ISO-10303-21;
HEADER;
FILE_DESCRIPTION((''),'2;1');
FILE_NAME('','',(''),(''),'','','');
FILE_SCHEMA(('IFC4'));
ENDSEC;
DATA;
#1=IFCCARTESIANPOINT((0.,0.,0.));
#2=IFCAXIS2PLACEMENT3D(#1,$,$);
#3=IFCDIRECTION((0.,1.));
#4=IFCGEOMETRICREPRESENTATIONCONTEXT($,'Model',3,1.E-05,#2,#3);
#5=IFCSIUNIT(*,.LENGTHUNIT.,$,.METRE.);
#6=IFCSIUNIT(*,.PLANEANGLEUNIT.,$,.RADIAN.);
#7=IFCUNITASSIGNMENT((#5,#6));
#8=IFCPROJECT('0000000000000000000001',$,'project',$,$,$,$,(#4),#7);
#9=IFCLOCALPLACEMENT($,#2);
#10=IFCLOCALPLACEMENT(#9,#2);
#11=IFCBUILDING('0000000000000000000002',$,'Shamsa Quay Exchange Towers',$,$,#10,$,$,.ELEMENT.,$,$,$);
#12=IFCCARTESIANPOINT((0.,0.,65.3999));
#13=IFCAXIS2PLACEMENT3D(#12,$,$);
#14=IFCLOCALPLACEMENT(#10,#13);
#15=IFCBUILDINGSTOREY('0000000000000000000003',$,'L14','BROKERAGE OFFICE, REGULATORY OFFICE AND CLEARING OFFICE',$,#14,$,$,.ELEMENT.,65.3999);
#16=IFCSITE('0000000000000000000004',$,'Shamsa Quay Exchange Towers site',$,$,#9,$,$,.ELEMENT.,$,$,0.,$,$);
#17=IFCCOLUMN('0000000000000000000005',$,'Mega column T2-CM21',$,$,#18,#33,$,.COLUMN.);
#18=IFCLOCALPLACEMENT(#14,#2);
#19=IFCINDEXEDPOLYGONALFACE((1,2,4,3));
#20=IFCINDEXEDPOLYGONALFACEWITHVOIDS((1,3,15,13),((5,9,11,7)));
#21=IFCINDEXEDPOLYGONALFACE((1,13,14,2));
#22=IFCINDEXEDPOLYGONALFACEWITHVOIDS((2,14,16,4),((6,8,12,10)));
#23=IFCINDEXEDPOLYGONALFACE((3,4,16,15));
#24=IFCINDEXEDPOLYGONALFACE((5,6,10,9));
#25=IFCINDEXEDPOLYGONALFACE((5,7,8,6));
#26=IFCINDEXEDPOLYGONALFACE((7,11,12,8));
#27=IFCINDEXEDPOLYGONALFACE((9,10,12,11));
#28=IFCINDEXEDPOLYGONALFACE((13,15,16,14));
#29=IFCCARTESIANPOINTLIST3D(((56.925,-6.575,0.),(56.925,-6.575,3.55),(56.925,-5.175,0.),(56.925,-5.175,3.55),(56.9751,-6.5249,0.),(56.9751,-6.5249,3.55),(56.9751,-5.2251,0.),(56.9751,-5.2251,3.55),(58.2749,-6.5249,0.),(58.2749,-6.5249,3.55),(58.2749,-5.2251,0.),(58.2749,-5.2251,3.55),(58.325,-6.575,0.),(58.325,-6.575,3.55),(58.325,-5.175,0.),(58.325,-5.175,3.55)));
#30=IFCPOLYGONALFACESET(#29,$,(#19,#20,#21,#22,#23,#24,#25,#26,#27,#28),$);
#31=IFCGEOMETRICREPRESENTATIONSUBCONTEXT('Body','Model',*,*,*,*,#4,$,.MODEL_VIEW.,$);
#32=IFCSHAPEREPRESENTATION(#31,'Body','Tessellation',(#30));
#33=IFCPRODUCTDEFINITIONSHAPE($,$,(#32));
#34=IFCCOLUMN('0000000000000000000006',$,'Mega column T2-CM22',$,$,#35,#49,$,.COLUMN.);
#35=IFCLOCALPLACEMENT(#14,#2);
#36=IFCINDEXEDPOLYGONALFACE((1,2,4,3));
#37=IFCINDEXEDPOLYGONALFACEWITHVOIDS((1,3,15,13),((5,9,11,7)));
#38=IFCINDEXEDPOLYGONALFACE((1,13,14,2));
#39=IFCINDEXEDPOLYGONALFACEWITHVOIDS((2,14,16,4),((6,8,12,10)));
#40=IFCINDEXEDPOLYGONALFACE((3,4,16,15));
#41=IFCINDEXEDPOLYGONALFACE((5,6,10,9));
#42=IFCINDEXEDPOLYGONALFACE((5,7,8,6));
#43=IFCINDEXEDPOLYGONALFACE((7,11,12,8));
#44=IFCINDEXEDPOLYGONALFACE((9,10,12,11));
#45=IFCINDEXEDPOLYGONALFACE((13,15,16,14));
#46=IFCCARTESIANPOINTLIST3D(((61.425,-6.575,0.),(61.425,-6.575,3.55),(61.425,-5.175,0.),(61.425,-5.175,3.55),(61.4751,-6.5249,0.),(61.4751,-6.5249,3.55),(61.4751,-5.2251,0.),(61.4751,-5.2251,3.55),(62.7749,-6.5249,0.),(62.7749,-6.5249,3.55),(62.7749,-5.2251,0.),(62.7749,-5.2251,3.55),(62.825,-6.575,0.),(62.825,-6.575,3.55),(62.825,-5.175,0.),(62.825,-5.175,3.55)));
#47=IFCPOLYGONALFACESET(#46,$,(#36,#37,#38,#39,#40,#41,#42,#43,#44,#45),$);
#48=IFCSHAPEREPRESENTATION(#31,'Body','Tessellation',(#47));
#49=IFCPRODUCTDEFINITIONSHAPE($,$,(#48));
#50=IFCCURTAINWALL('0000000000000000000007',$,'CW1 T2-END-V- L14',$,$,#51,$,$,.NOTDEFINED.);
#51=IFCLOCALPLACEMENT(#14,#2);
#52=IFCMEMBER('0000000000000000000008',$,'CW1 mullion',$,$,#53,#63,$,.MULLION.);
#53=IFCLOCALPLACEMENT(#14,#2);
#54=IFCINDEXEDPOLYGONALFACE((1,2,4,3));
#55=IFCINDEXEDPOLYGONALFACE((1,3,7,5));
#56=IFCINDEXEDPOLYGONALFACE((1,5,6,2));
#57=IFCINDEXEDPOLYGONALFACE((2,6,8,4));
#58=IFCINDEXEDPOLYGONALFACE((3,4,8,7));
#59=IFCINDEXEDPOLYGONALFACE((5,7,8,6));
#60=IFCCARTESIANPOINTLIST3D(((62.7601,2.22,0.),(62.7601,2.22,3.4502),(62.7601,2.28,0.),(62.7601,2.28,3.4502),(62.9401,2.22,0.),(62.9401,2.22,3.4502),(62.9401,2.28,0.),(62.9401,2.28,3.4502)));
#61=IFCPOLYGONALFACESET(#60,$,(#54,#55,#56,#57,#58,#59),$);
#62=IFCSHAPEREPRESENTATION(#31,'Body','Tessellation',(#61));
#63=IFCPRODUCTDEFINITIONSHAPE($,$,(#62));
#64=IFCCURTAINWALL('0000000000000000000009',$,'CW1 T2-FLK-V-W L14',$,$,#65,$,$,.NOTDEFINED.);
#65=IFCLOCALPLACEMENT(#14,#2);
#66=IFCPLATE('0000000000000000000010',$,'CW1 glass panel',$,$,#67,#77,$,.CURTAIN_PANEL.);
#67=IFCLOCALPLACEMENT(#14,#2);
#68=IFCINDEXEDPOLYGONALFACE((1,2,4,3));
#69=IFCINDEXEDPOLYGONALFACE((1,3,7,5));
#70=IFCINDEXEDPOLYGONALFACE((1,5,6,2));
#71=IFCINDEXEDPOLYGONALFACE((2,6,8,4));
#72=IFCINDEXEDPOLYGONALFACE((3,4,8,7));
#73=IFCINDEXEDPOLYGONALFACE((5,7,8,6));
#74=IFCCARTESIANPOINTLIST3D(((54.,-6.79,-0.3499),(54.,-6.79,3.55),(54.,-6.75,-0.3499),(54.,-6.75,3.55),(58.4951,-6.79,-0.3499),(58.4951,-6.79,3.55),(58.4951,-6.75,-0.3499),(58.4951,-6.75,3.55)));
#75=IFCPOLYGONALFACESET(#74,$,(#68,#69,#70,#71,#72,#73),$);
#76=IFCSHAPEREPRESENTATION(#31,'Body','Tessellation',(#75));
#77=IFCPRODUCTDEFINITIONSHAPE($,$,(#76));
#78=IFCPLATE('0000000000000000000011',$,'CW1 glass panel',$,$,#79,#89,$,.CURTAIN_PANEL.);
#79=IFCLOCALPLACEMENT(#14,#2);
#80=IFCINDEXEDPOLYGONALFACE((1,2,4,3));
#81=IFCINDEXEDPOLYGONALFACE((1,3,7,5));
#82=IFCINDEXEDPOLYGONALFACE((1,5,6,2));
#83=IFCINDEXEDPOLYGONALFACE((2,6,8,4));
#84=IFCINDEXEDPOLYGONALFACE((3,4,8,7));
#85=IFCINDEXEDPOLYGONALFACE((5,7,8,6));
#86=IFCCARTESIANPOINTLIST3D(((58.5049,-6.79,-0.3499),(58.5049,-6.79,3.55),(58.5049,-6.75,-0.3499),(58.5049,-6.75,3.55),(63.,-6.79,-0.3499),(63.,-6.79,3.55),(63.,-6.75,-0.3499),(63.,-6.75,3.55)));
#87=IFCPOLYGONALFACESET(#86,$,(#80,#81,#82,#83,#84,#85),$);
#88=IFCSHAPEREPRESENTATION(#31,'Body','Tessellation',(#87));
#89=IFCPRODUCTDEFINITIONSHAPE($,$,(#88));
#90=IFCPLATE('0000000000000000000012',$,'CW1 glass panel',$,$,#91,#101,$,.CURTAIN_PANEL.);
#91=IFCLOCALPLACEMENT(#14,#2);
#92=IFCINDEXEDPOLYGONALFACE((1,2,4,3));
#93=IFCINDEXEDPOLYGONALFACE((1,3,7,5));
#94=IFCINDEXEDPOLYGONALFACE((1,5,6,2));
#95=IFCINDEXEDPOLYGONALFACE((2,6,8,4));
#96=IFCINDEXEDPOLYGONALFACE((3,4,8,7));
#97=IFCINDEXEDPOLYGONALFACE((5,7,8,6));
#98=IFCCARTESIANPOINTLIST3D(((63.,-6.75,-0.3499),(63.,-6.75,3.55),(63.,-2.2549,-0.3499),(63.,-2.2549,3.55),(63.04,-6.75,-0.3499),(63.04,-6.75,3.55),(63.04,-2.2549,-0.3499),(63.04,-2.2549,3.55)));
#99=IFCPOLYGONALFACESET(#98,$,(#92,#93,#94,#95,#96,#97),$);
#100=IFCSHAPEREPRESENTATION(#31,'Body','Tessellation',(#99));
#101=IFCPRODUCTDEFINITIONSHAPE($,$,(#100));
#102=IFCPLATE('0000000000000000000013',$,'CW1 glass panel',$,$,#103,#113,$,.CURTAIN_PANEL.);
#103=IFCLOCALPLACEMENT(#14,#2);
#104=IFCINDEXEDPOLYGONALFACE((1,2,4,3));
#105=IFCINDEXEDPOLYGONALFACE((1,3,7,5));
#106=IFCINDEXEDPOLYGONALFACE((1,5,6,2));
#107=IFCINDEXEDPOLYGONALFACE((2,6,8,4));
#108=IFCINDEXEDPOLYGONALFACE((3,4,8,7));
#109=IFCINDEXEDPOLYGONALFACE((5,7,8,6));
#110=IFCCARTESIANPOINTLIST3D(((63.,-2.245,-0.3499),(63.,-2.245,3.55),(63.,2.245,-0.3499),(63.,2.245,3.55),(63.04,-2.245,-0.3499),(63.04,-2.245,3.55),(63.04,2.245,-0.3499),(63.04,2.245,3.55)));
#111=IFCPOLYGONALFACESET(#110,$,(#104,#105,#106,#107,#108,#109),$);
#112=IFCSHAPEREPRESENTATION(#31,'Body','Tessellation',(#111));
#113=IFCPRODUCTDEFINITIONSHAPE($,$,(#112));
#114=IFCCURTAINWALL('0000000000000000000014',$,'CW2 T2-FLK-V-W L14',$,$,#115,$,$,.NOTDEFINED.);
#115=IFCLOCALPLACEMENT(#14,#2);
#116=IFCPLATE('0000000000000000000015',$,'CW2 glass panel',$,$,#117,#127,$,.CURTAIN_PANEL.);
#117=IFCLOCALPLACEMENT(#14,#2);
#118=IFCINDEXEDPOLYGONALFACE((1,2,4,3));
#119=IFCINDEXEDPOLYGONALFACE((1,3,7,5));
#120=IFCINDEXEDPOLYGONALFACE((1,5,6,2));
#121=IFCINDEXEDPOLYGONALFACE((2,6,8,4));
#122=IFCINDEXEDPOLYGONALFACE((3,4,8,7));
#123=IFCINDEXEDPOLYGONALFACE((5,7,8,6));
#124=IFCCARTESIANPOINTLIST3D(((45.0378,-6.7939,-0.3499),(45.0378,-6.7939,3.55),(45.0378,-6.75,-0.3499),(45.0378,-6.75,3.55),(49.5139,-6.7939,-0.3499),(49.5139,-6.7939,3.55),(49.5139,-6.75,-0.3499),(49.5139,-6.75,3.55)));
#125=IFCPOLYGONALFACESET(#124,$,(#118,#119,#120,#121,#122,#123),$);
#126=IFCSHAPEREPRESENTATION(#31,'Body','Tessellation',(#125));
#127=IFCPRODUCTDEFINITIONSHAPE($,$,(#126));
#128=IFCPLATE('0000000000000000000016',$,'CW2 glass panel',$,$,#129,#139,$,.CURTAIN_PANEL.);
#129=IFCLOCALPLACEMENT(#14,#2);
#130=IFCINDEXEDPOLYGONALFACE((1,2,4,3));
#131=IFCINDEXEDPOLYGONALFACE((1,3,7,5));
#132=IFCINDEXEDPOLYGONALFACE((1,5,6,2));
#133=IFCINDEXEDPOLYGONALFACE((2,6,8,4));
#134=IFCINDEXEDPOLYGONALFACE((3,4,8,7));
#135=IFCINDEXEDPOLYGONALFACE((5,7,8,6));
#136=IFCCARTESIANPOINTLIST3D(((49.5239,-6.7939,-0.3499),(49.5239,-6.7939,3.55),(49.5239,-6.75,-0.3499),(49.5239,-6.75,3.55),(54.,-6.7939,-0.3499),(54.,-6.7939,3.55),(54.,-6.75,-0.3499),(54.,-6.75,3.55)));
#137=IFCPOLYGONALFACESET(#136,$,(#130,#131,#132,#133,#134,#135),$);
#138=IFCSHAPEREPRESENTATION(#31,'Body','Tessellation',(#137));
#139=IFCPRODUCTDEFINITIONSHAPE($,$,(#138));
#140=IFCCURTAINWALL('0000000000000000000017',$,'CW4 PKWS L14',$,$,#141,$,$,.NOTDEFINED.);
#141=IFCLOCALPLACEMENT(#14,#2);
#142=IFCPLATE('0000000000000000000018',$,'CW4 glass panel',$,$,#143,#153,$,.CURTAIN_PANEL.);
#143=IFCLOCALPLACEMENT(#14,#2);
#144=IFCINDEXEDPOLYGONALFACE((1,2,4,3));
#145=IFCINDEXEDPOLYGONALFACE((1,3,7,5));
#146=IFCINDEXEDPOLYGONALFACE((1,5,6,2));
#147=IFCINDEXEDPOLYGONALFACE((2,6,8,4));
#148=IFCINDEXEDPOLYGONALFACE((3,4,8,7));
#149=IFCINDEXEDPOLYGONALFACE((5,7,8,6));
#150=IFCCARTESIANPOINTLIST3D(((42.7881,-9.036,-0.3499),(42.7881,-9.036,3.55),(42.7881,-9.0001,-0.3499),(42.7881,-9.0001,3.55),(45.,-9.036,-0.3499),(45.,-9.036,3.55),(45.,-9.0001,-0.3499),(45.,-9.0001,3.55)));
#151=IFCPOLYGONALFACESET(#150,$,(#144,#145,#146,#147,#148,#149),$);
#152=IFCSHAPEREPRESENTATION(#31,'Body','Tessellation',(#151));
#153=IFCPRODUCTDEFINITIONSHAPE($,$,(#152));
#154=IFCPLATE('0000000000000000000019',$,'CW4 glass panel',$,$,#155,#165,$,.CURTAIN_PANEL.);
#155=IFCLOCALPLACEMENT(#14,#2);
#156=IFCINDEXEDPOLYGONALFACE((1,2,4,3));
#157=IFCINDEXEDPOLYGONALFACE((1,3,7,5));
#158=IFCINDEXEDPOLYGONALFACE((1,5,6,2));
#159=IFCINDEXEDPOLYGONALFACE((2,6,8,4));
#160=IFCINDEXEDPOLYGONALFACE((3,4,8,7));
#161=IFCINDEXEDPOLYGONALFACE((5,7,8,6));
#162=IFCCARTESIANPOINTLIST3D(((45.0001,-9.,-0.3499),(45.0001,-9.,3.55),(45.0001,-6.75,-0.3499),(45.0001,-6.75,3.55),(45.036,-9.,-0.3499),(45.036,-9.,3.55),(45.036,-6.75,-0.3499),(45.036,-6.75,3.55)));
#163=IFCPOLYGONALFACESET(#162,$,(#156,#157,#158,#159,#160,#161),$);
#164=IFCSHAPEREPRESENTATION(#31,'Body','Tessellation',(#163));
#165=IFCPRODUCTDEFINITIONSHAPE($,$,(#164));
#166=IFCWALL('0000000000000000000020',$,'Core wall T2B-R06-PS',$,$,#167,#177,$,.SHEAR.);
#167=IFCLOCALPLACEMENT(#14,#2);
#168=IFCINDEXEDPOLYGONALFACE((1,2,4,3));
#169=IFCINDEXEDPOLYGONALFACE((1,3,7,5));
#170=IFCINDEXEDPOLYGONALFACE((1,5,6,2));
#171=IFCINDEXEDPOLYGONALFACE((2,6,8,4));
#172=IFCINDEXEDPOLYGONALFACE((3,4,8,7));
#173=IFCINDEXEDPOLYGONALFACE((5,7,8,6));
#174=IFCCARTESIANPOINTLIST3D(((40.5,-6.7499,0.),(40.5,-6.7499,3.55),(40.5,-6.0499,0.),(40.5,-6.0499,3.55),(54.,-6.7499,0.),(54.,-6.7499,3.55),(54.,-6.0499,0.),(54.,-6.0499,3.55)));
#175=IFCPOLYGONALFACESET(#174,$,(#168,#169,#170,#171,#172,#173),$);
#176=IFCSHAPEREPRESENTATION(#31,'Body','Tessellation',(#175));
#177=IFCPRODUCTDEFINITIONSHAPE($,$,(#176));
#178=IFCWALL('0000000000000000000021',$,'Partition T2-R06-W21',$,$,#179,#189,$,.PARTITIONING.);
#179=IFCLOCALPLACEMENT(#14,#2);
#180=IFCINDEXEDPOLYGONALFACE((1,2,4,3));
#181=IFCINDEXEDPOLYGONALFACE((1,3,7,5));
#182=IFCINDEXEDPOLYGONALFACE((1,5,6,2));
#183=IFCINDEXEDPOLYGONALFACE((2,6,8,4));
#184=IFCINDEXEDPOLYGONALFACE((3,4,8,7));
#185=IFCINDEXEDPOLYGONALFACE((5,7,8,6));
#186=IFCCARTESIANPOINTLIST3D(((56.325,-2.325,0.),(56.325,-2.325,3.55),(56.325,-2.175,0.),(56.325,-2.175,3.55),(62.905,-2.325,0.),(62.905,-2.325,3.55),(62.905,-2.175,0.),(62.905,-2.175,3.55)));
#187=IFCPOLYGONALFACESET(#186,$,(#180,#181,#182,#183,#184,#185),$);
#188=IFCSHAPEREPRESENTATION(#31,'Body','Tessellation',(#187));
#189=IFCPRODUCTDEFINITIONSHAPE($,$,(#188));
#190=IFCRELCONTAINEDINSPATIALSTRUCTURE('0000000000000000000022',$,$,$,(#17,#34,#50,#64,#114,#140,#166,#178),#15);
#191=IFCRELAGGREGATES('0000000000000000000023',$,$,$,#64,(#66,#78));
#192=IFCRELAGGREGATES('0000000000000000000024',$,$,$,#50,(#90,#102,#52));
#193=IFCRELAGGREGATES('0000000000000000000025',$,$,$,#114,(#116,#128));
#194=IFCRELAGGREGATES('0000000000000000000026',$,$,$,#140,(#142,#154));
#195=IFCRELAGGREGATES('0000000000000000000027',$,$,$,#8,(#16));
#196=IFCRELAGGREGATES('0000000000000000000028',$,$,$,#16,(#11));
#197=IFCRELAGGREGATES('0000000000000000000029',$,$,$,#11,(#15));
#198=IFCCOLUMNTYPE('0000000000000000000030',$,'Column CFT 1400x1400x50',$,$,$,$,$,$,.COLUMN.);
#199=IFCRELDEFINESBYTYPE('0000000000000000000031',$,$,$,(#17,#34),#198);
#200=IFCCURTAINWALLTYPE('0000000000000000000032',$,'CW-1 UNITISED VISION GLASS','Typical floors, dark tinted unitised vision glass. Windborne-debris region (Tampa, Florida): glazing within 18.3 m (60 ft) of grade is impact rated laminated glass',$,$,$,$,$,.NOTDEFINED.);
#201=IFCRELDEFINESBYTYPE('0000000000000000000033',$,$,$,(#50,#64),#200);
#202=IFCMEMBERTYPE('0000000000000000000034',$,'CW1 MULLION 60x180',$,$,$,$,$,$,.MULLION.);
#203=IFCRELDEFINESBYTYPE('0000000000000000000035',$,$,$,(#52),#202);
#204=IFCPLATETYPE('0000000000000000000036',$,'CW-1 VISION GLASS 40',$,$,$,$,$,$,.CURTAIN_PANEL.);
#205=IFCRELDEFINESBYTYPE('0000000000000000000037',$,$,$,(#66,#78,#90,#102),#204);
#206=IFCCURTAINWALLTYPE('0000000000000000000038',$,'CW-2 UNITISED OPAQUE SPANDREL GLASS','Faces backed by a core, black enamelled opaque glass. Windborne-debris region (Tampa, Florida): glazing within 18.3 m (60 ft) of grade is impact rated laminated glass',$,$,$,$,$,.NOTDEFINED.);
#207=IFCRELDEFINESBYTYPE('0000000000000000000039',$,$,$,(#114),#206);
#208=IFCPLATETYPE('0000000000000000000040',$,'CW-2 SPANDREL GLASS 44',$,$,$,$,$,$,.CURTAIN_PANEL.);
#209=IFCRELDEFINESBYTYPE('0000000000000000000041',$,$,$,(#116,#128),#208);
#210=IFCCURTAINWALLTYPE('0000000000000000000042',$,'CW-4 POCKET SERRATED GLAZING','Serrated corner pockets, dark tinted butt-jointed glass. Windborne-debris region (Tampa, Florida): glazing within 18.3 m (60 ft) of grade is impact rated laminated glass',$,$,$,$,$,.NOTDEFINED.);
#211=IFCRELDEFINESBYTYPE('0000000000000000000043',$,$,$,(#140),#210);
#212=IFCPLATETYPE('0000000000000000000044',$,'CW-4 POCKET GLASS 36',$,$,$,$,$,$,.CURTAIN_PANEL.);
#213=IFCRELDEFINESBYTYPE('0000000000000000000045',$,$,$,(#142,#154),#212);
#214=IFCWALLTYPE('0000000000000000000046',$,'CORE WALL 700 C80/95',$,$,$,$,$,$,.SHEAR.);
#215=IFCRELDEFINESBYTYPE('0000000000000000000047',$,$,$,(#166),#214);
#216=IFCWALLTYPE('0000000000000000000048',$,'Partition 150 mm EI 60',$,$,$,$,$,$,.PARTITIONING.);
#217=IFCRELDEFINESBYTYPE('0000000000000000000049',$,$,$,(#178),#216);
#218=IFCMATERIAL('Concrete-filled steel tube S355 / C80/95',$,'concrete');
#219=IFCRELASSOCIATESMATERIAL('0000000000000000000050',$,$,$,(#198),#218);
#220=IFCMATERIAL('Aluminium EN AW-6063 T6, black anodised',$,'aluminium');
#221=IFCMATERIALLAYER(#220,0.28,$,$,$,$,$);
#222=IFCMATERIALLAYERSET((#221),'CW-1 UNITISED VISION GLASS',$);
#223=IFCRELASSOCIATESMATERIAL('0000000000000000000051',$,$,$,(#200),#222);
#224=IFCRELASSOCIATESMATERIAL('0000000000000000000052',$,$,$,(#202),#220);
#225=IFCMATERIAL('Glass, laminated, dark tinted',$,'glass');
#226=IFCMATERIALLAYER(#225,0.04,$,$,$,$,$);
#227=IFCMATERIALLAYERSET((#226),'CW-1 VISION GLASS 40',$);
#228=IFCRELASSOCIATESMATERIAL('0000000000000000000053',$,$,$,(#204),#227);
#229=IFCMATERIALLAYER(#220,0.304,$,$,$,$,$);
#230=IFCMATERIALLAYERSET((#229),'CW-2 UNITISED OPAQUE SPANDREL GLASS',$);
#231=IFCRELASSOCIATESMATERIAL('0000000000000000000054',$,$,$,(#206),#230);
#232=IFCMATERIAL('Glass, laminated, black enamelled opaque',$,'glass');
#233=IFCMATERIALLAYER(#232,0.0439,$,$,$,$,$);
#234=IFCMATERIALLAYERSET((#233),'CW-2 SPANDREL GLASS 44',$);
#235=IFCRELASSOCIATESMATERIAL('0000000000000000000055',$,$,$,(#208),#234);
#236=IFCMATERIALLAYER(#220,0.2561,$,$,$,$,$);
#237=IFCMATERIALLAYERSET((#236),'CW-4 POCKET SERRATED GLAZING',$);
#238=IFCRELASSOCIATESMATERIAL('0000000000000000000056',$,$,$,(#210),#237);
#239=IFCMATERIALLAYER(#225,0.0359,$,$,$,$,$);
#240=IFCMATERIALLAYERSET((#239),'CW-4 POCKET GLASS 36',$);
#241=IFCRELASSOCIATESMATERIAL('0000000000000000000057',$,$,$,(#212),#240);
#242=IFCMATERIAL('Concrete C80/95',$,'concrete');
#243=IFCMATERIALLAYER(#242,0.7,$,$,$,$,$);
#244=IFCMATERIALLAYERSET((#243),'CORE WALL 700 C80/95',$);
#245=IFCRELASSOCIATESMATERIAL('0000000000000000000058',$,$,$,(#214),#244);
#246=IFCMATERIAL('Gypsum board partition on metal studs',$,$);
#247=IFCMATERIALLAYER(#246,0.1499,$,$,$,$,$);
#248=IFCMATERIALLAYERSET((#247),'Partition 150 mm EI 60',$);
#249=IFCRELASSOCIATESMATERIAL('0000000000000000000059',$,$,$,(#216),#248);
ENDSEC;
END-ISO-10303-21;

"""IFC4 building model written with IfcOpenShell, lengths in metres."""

from ifc_helpers import new_model, si_unit, direction, frame, frame_2d, origin, origin_2d, place, context, subcontext, project, spatial, rectangle, hollow_rectangle, extrude, material, layer, layer_set, material_profile, profile_set, type_object, element, aggregate, save


model = new_model("IFC4")

# Units and contexts
model_context = context("Model", 3, precision=1e-05, world=origin(), true_north=direction((0.0, 1.0)))
body_context = subcontext(model_context, "Body", "Model", "MODEL_VIEW")
ifc_project = project(units=[si_unit("LENGTHUNIT", "METRE"), si_unit("PLANEANGLEUNIT", "RADIAN")], contexts=[model_context])

# Site, building, storey
site_placement = place(None, origin())
site = spatial("IfcSite", under=ifc_project, at=site_placement, Name="Shamsa Quay Exchange Towers site", CompositionType="ELEMENT", RefElevation=0.0)
building_placement = place(site_placement, origin())
building = spatial("IfcBuilding", under=site, at=building_placement, Name="Shamsa Quay Exchange Towers", CompositionType="ELEMENT")
storey_placement = place(building_placement, frame((0.0, 0.0, 65.3999)))
storey = spatial("IfcBuildingStorey", under=building, at=storey_placement, Name="L14", Description="BROKERAGE OFFICE, REGULATORY OFFICE AND CLEARING OFFICE", CompositionType="ELEMENT", Elevation=65.3999)

# Columns
ifc_material_1 = material(Name="Concrete-filled steel tube S355 / C80/95", Category="concrete")
ifc_material_profile_1 = material_profile(ifc_material_1, hollow_rectangle(XDim=1.3999, YDim=1.3999, WallThickness=0.05, at=origin_2d()), Name="CFT 1400x1400x50")
ifc_profile_set_1 = profile_set([ifc_material_profile_1], Name="Concrete-filled steel tube S355 / C80/95")
column_type = type_object("IfcColumnType", Name="Column CFT 1400x1400x50", PredefinedType="COLUMN", material=ifc_profile_set_1)
for number, where, name in (
    (1, (57.625, -5.875, 0.0), "Mega column T2-CM21"),
    (2, (62.125, -5.875, 0.0), "Mega column T2-CM22"),
):
    element("IfcColumn", number, at=place(storey_placement, frame(where)), inside=storey, type_object=column_type, Name=name, PredefinedType="COLUMN", context=body_context, shape_type="SweptSolid", body=[
        extrude(hollow_rectangle(XDim=1.3999, YDim=1.3999, WallThickness=0.05, at=origin_2d()), origin(), (0.0, 0.0, 1.0), 3.55),
    ])

# Curtain wall, member
ifc_material_2 = material(Name="Aluminium EN AW-6063 T6, black anodised", Category="aluminium")
ifc_layer_1 = layer(ifc_material_2, 0.28)
ifc_layer_set_1 = layer_set([ifc_layer_1], Name="CW-1 UNITISED VISION GLASS")
curtain_wall_type_1 = type_object("IfcCurtainWallType", Name="CW-1 UNITISED VISION GLASS", Description="Typical floors, dark tinted unitised vision glass. Windborne-debris region (Tampa, Florida): glazing within 18.3 m (60 ft) of grade is impact rated laminated glass", PredefinedType="NOTDEFINED", material=ifc_layer_set_1)
curtain_wall_1_placement = place(storey_placement, origin())
curtain_wall_1 = element("IfcCurtainWall", 3, at=curtain_wall_1_placement, inside=storey, type_object=curtain_wall_type_1, Name="CW1 T2-END-V- L14", PredefinedType="NOTDEFINED")
ifc_material_profile_2 = material_profile(ifc_material_2, rectangle(XDim=0.1799, YDim=0.0601, at=origin_2d()), Name="MU60x180")
ifc_profile_set_2 = profile_set([ifc_material_profile_2], Name="Aluminium EN AW-6063 T6, black anodised")
member_type = type_object("IfcMemberType", Name="CW1 MULLION 60x180", PredefinedType="MULLION", material=ifc_profile_set_2)
member_placement = place(storey_placement, frame((62.8501, 2.25, 0.0), z_axis=(0.0, 0.0, 1.0), x_axis=(-1.0, 0.0, 0.0)))
member = element("IfcMember", 4, at=member_placement, type_object=member_type, Name="CW1 mullion", PredefinedType="MULLION", context=body_context, shape_type="SweptSolid", body=[
    extrude(rectangle(XDim=0.1799, YDim=0.0601, at=origin_2d()), origin(), (0.0, 0.0, 1.0), 3.4502),
])

# Curtain wall, plates
curtain_wall_2_placement = place(storey_placement, origin())
curtain_wall_2 = element("IfcCurtainWall", 5, at=curtain_wall_2_placement, inside=storey, type_object=curtain_wall_type_1, Name="CW1 T2-FLK-V-W L14", PredefinedType="NOTDEFINED")
ifc_material_3 = material(Name="Glass, laminated, dark tinted", Category="glass")
ifc_layer_2 = layer(ifc_material_3, 0.04)
ifc_layer_set_2 = layer_set([ifc_layer_2], Name="CW-1 VISION GLASS 40")
plate_type_1 = type_object("IfcPlateType", Name="CW-1 VISION GLASS 40", PredefinedType="CURTAIN_PANEL", material=ifc_layer_set_2)
plate_1_placement = place(storey_placement, frame((56.2476, -6.77, -0.3499)))
plate_1 = element("IfcPlate", 6, at=plate_1_placement, type_object=plate_type_1, Name="CW1 glass panel", PredefinedType="CURTAIN_PANEL", context=body_context, shape_type="SweptSolid", body=[
    extrude(rectangle(XDim=4.4951, YDim=0.04, at=origin_2d()), origin(), (0.0, 0.0, 1.0), 3.8999),
])
plate_2_placement = place(storey_placement, frame((60.7524, -6.77, -0.3499)))
plate_2 = element("IfcPlate", 7, at=plate_2_placement, type_object=plate_type_1, Name="CW1 glass panel", PredefinedType="CURTAIN_PANEL", context=body_context, shape_type="SweptSolid", body=[
    extrude(rectangle(XDim=4.4951, YDim=0.04, at=origin_2d()), origin(), (0.0, 0.0, 1.0), 3.8999),
])
aggregate(curtain_wall_2, [plate_1, plate_2])

# Plates
plate_3_placement = place(storey_placement, frame((63.02, -4.5024, -0.3499), z_axis=(0.0, 0.0, 1.0), x_axis=(0.0, 1.0, 0.0)))
plate_3 = element("IfcPlate", 8, at=plate_3_placement, type_object=plate_type_1, Name="CW1 glass panel", PredefinedType="CURTAIN_PANEL", context=body_context, shape_type="SweptSolid", body=[
    extrude(rectangle(XDim=4.4951, YDim=0.04, at=origin_2d()), origin(), (0.0, 0.0, 1.0), 3.8999),
])
plate_4_placement = place(storey_placement, frame((63.02, 0.0, -0.3499), z_axis=(0.0, 0.0, 1.0), x_axis=(0.0, 1.0, 0.0)))
plate_4 = element("IfcPlate", 9, at=plate_4_placement, type_object=plate_type_1, Name="CW1 glass panel", PredefinedType="CURTAIN_PANEL", context=body_context, shape_type="SweptSolid", body=[
    extrude(rectangle(XDim=4.49, YDim=0.04, at=origin_2d()), origin(), (0.0, 0.0, 1.0), 3.8999),
])
aggregate(curtain_wall_1, [plate_3, plate_4, member])

# Curtain walls, plates
ifc_layer_3 = layer(ifc_material_2, 0.304)
ifc_layer_set_3 = layer_set([ifc_layer_3], Name="CW-2 UNITISED OPAQUE SPANDREL GLASS")
curtain_wall_type_2 = type_object("IfcCurtainWallType", Name="CW-2 UNITISED OPAQUE SPANDREL GLASS", Description="Faces backed by a core, black enamelled opaque glass. Windborne-debris region (Tampa, Florida): glazing within 18.3 m (60 ft) of grade is impact rated laminated glass", PredefinedType="NOTDEFINED", material=ifc_layer_set_3)
curtain_wall_3_placement = place(storey_placement, origin())
curtain_wall_3 = element("IfcCurtainWall", 10, at=curtain_wall_3_placement, inside=storey, type_object=curtain_wall_type_2, Name="CW2 T2-FLK-V-W L14", PredefinedType="NOTDEFINED")
ifc_material_4 = material(Name="Glass, laminated, black enamelled opaque", Category="glass")
ifc_layer_4 = layer(ifc_material_4, 0.0439)
ifc_layer_set_4 = layer_set([ifc_layer_4], Name="CW-2 SPANDREL GLASS 44")
plate_type_2 = type_object("IfcPlateType", Name="CW-2 SPANDREL GLASS 44", PredefinedType="CURTAIN_PANEL", material=ifc_layer_set_4)
plate_5_placement = place(storey_placement, frame((47.2759, -6.772, -0.3499)))
plate_5 = element("IfcPlate", 11, at=plate_5_placement, type_object=plate_type_2, Name="CW2 glass panel", PredefinedType="CURTAIN_PANEL", context=body_context, shape_type="SweptSolid", body=[
    extrude(rectangle(XDim=4.4761, YDim=0.0439, at=origin_2d()), origin(), (0.0, 0.0, 1.0), 3.8999),
])
plate_6_placement = place(storey_placement, frame((51.762, -6.772, -0.3499)))
plate_6 = element("IfcPlate", 12, at=plate_6_placement, type_object=plate_type_2, Name="CW2 glass panel", PredefinedType="CURTAIN_PANEL", context=body_context, shape_type="SweptSolid", body=[
    extrude(rectangle(XDim=4.4761, YDim=0.0439, at=origin_2d()), origin(), (0.0, 0.0, 1.0), 3.8999),
])
aggregate(curtain_wall_3, [plate_5, plate_6])
ifc_layer_5 = layer(ifc_material_2, 0.2561)
ifc_layer_set_5 = layer_set([ifc_layer_5], Name="CW-4 POCKET SERRATED GLAZING")
curtain_wall_type_3 = type_object("IfcCurtainWallType", Name="CW-4 POCKET SERRATED GLAZING", Description="Serrated corner pockets, dark tinted butt-jointed glass. Windborne-debris region (Tampa, Florida): glazing within 18.3 m (60 ft) of grade is impact rated laminated glass", PredefinedType="NOTDEFINED", material=ifc_layer_set_5)
curtain_wall_4_placement = place(storey_placement, origin())
curtain_wall_4 = element("IfcCurtainWall", 13, at=curtain_wall_4_placement, inside=storey, type_object=curtain_wall_type_3, Name="CW4 PKWS L14", PredefinedType="NOTDEFINED")
ifc_layer_6 = layer(ifc_material_3, 0.0359)
ifc_layer_set_6 = layer_set([ifc_layer_6], Name="CW-4 POCKET GLASS 36")
plate_type_3 = type_object("IfcPlateType", Name="CW-4 POCKET GLASS 36", PredefinedType="CURTAIN_PANEL", material=ifc_layer_set_6)
plate_7_placement = place(storey_placement, frame((43.894, -9.0181, -0.3499)))
plate_7 = element("IfcPlate", 14, at=plate_7_placement, type_object=plate_type_3, Name="CW4 glass panel", PredefinedType="CURTAIN_PANEL", context=body_context, shape_type="SweptSolid", body=[
    extrude(rectangle(XDim=2.2119, YDim=0.0359, at=origin_2d()), origin(), (0.0, 0.0, 1.0), 3.8999),
])
plate_8_placement = place(storey_placement, frame((45.0181, -7.875, -0.3499), z_axis=(0.0, 0.0, 1.0), x_axis=(0.0, 1.0, 0.0)))
plate_8 = element("IfcPlate", 15, at=plate_8_placement, type_object=plate_type_3, Name="CW4 glass panel", PredefinedType="CURTAIN_PANEL", context=body_context, shape_type="SweptSolid", body=[
    extrude(rectangle(XDim=2.25, YDim=0.0359, at=origin_2d()), origin(), (0.0, 0.0, 1.0), 3.8999),
])
aggregate(curtain_wall_4, [plate_7, plate_8])

# Wall
ifc_material_5 = material(Name="Concrete C80/95", Category="concrete")
ifc_layer_7 = layer(ifc_material_5, 0.7)
ifc_layer_set_7 = layer_set([ifc_layer_7], Name="CORE WALL 700 C80/95")
wall_type_1 = type_object("IfcWallType", Name="CORE WALL 700 C80/95", PredefinedType="SHEAR", material=ifc_layer_set_7)
wall_1_placement = place(storey_placement, frame((54.0, -6.3999, 0.0), z_axis=(0.0, 0.0, 1.0), x_axis=(-1.0, 0.0, 0.0)))
element("IfcWall", 16, at=wall_1_placement, inside=storey, type_object=wall_type_1, Name="Core wall T2B-R06-PS", PredefinedType="SHEAR", context=body_context, shape_type="SweptSolid", body=[
    extrude(rectangle(XDim=13.5, YDim=0.7, at=frame_2d((6.75, 0.0))), origin(), (0.0, 0.0, 1.0), 3.55),
])

# Wall
ifc_material_6 = material(Name="Gypsum board partition on metal studs")
ifc_layer_8 = layer(ifc_material_6, 0.1499)
ifc_layer_set_8 = layer_set([ifc_layer_8], Name="Partition 150 mm EI 60")
wall_type_2 = type_object("IfcWallType", Name="Partition 150 mm EI 60", PredefinedType="PARTITIONING", material=ifc_layer_set_8)
wall_2_placement = place(storey_placement, frame((62.905, -2.25, 0.0), z_axis=(0.0, 0.0, 1.0), x_axis=(-1.0, 0.0, 0.0)))
element("IfcWall", 17, at=wall_2_placement, inside=storey, type_object=wall_type_2, Name="Partition T2-R06-W21", PredefinedType="PARTITIONING", context=body_context, shape_type="SweptSolid", body=[
    extrude(rectangle(XDim=6.5801, YDim=0.1499, at=frame_2d((3.29, 0.0))), origin(), (0.0, 0.0, 1.0), 3.55),
])

save(model, "model.ifc")
